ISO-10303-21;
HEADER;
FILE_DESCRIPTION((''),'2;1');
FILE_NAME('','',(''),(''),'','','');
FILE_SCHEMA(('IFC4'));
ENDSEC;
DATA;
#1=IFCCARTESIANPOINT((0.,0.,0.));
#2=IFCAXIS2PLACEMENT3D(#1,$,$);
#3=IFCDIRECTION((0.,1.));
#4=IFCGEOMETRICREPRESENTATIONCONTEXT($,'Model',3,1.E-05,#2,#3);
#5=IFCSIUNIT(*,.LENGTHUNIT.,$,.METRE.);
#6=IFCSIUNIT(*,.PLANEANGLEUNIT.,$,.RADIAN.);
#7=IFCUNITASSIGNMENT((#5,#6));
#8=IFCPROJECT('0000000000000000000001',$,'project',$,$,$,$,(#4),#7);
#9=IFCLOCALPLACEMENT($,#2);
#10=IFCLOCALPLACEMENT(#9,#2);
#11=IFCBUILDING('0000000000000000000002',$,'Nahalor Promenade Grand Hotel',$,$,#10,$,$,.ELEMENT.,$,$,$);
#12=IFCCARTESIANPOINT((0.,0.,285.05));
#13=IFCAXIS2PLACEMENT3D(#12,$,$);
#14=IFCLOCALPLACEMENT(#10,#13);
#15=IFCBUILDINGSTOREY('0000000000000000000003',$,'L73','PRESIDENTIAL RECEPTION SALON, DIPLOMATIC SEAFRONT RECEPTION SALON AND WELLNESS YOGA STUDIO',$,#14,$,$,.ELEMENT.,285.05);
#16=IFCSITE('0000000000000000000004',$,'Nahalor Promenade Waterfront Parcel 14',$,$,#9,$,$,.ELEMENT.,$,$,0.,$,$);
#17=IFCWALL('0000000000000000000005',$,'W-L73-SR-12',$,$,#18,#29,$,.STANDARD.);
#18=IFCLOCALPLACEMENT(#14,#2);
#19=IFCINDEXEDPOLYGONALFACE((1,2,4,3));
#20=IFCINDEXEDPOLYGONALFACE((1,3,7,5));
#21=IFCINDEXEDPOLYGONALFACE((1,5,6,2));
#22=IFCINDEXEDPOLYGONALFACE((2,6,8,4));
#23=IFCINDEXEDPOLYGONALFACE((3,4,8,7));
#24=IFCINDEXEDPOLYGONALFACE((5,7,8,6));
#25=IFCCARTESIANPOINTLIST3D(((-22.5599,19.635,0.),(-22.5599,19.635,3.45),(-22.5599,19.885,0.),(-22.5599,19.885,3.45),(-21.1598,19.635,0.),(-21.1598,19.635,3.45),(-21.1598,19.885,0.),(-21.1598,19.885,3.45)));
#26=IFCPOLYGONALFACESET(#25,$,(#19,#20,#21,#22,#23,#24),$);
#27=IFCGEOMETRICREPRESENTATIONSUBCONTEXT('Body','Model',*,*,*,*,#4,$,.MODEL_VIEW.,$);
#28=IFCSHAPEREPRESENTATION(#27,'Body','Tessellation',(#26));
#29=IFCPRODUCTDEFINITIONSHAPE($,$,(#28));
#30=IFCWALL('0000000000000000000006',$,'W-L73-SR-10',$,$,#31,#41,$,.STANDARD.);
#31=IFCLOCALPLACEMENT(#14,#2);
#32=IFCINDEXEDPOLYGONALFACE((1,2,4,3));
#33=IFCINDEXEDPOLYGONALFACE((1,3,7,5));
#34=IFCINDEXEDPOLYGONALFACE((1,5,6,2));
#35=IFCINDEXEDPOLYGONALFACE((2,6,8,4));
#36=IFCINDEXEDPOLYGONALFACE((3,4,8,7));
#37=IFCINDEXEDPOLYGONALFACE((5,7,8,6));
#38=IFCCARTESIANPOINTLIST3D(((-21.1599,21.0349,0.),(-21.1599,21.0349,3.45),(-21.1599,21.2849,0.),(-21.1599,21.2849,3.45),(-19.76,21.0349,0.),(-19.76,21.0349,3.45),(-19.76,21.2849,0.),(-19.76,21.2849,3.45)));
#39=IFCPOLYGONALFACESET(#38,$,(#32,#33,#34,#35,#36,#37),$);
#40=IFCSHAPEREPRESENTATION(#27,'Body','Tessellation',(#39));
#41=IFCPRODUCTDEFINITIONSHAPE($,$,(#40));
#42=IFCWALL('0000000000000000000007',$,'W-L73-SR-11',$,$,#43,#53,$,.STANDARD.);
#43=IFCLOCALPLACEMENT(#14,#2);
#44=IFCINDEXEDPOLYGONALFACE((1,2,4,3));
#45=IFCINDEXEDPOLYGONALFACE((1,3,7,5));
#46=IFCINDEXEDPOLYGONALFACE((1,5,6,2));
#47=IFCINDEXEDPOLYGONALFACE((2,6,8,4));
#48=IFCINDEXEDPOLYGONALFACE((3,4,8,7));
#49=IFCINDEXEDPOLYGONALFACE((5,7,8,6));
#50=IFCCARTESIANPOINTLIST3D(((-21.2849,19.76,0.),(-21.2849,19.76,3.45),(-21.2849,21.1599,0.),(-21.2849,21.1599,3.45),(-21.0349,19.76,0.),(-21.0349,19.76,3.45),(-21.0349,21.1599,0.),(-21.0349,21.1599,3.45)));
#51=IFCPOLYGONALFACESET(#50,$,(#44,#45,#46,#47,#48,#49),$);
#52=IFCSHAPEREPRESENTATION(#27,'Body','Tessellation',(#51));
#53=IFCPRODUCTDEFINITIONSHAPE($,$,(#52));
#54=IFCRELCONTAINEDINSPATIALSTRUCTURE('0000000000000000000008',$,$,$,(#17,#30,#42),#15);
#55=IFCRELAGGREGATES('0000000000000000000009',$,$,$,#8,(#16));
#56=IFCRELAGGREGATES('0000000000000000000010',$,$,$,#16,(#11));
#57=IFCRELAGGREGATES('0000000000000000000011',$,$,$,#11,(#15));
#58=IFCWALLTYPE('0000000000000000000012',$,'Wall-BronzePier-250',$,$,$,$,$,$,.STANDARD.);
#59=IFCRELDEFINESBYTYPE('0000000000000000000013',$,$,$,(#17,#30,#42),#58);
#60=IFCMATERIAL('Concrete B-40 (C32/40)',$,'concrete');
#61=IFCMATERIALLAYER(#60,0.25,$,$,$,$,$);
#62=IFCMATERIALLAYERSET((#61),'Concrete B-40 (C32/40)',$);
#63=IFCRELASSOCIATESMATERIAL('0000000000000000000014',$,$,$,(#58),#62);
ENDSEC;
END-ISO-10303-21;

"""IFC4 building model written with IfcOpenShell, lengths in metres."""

from ifc_helpers import new_model, si_unit, direction, frame, frame_2d, origin, place, context, subcontext, project, spatial, rectangle, extrude, source, transform, mapped, material, layer, layer_set, type_object, element, save


model = new_model("IFC4")

# Units and contexts
model_context = context("Model", 3, precision=1e-05, world=origin(), true_north=direction((0.0, 1.0)))
body_context = subcontext(model_context, "Body", "Model", "MODEL_VIEW")
ifc_project = project(units=[si_unit("LENGTHUNIT", "METRE"), si_unit("PLANEANGLEUNIT", "RADIAN")], contexts=[model_context])

# Site, building, storey
site_placement = place(None, origin())
site = spatial("IfcSite", under=ifc_project, at=site_placement, Name="Nahalor Promenade Waterfront Parcel 14", CompositionType="ELEMENT", RefElevation=0.0)
building_placement = place(site_placement, origin())
building = spatial("IfcBuilding", under=site, at=building_placement, Name="Nahalor Promenade Grand Hotel", CompositionType="ELEMENT")
storey_placement = place(building_placement, frame((0.0, 0.0, 285.05)))
storey = spatial("IfcBuildingStorey", under=building, at=storey_placement, Name="L73", Description="PRESIDENTIAL RECEPTION SALON, DIPLOMATIC SEAFRONT RECEPTION SALON AND WELLNESS YOGA STUDIO", CompositionType="ELEMENT", Elevation=285.05)

# Walls
ifc_material_1 = material(Name="Concrete B-40 (C32/40)", Category="concrete")
ifc_layer_1 = layer(ifc_material_1, 0.25)
ifc_layer_set_1 = layer_set([ifc_layer_1], Name="Concrete B-40 (C32/40)")
wall_type = type_object("IfcWallType", Name="Wall-BronzePier-250", PredefinedType="STANDARD", material=ifc_layer_set_1)
shared_shape_1 = source(origin(), body_context, "Body", "SweptSolid", [
    extrude(rectangle(XDim=1.4001, YDim=0.25, at=frame_2d((0.7002, 0.0))), origin(), (0.0, 0.0, 1.0), 3.45),
])
for number, where, z_axis, x_axis, name in (
    (1, (-22.5601, 19.76, 0.0), (0.0, 0.0, 1.0), (1.0, 0.0, 0.0), "W-L73-SR-12"),
):
    element("IfcWall", number, at=place(storey_placement, frame(where, z_axis=z_axis, x_axis=x_axis)), inside=storey, type_object=wall_type, Name=name, PredefinedType="STANDARD", context=body_context, shape_type="MappedRepresentation", body=[
        mapped(shared_shape_1, transform((0.0, 0.0, 0.0), scale=1.0)),
    ])
shared_shape_2 = source(origin(), body_context, "Body", "SweptSolid", [
    extrude(rectangle(XDim=1.3999, YDim=0.25, at=frame_2d((0.7, 0.0))), origin(), (0.0, 0.0, 1.0), 3.45),
])
for number, where, z_axis, x_axis, name in (
    (2, (-21.1599, 21.1599, 0.0), (0.0, 0.0, 1.0), (1.0, 0.0, 0.0), "W-L73-SR-10"),
    (3, (-21.1599, 19.76, 0.0), (0.0, 0.0, 1.0), (0.0, 1.0, 0.0), "W-L73-SR-11"),
):
    element("IfcWall", number, at=place(storey_placement, frame(where, z_axis=z_axis, x_axis=x_axis)), inside=storey, type_object=wall_type, Name=name, PredefinedType="STANDARD", context=body_context, shape_type="MappedRepresentation", body=[
        mapped(shared_shape_2, transform((0.0, 0.0, 0.0), scale=1.0)),
    ])

save(model, "model.ifc")
